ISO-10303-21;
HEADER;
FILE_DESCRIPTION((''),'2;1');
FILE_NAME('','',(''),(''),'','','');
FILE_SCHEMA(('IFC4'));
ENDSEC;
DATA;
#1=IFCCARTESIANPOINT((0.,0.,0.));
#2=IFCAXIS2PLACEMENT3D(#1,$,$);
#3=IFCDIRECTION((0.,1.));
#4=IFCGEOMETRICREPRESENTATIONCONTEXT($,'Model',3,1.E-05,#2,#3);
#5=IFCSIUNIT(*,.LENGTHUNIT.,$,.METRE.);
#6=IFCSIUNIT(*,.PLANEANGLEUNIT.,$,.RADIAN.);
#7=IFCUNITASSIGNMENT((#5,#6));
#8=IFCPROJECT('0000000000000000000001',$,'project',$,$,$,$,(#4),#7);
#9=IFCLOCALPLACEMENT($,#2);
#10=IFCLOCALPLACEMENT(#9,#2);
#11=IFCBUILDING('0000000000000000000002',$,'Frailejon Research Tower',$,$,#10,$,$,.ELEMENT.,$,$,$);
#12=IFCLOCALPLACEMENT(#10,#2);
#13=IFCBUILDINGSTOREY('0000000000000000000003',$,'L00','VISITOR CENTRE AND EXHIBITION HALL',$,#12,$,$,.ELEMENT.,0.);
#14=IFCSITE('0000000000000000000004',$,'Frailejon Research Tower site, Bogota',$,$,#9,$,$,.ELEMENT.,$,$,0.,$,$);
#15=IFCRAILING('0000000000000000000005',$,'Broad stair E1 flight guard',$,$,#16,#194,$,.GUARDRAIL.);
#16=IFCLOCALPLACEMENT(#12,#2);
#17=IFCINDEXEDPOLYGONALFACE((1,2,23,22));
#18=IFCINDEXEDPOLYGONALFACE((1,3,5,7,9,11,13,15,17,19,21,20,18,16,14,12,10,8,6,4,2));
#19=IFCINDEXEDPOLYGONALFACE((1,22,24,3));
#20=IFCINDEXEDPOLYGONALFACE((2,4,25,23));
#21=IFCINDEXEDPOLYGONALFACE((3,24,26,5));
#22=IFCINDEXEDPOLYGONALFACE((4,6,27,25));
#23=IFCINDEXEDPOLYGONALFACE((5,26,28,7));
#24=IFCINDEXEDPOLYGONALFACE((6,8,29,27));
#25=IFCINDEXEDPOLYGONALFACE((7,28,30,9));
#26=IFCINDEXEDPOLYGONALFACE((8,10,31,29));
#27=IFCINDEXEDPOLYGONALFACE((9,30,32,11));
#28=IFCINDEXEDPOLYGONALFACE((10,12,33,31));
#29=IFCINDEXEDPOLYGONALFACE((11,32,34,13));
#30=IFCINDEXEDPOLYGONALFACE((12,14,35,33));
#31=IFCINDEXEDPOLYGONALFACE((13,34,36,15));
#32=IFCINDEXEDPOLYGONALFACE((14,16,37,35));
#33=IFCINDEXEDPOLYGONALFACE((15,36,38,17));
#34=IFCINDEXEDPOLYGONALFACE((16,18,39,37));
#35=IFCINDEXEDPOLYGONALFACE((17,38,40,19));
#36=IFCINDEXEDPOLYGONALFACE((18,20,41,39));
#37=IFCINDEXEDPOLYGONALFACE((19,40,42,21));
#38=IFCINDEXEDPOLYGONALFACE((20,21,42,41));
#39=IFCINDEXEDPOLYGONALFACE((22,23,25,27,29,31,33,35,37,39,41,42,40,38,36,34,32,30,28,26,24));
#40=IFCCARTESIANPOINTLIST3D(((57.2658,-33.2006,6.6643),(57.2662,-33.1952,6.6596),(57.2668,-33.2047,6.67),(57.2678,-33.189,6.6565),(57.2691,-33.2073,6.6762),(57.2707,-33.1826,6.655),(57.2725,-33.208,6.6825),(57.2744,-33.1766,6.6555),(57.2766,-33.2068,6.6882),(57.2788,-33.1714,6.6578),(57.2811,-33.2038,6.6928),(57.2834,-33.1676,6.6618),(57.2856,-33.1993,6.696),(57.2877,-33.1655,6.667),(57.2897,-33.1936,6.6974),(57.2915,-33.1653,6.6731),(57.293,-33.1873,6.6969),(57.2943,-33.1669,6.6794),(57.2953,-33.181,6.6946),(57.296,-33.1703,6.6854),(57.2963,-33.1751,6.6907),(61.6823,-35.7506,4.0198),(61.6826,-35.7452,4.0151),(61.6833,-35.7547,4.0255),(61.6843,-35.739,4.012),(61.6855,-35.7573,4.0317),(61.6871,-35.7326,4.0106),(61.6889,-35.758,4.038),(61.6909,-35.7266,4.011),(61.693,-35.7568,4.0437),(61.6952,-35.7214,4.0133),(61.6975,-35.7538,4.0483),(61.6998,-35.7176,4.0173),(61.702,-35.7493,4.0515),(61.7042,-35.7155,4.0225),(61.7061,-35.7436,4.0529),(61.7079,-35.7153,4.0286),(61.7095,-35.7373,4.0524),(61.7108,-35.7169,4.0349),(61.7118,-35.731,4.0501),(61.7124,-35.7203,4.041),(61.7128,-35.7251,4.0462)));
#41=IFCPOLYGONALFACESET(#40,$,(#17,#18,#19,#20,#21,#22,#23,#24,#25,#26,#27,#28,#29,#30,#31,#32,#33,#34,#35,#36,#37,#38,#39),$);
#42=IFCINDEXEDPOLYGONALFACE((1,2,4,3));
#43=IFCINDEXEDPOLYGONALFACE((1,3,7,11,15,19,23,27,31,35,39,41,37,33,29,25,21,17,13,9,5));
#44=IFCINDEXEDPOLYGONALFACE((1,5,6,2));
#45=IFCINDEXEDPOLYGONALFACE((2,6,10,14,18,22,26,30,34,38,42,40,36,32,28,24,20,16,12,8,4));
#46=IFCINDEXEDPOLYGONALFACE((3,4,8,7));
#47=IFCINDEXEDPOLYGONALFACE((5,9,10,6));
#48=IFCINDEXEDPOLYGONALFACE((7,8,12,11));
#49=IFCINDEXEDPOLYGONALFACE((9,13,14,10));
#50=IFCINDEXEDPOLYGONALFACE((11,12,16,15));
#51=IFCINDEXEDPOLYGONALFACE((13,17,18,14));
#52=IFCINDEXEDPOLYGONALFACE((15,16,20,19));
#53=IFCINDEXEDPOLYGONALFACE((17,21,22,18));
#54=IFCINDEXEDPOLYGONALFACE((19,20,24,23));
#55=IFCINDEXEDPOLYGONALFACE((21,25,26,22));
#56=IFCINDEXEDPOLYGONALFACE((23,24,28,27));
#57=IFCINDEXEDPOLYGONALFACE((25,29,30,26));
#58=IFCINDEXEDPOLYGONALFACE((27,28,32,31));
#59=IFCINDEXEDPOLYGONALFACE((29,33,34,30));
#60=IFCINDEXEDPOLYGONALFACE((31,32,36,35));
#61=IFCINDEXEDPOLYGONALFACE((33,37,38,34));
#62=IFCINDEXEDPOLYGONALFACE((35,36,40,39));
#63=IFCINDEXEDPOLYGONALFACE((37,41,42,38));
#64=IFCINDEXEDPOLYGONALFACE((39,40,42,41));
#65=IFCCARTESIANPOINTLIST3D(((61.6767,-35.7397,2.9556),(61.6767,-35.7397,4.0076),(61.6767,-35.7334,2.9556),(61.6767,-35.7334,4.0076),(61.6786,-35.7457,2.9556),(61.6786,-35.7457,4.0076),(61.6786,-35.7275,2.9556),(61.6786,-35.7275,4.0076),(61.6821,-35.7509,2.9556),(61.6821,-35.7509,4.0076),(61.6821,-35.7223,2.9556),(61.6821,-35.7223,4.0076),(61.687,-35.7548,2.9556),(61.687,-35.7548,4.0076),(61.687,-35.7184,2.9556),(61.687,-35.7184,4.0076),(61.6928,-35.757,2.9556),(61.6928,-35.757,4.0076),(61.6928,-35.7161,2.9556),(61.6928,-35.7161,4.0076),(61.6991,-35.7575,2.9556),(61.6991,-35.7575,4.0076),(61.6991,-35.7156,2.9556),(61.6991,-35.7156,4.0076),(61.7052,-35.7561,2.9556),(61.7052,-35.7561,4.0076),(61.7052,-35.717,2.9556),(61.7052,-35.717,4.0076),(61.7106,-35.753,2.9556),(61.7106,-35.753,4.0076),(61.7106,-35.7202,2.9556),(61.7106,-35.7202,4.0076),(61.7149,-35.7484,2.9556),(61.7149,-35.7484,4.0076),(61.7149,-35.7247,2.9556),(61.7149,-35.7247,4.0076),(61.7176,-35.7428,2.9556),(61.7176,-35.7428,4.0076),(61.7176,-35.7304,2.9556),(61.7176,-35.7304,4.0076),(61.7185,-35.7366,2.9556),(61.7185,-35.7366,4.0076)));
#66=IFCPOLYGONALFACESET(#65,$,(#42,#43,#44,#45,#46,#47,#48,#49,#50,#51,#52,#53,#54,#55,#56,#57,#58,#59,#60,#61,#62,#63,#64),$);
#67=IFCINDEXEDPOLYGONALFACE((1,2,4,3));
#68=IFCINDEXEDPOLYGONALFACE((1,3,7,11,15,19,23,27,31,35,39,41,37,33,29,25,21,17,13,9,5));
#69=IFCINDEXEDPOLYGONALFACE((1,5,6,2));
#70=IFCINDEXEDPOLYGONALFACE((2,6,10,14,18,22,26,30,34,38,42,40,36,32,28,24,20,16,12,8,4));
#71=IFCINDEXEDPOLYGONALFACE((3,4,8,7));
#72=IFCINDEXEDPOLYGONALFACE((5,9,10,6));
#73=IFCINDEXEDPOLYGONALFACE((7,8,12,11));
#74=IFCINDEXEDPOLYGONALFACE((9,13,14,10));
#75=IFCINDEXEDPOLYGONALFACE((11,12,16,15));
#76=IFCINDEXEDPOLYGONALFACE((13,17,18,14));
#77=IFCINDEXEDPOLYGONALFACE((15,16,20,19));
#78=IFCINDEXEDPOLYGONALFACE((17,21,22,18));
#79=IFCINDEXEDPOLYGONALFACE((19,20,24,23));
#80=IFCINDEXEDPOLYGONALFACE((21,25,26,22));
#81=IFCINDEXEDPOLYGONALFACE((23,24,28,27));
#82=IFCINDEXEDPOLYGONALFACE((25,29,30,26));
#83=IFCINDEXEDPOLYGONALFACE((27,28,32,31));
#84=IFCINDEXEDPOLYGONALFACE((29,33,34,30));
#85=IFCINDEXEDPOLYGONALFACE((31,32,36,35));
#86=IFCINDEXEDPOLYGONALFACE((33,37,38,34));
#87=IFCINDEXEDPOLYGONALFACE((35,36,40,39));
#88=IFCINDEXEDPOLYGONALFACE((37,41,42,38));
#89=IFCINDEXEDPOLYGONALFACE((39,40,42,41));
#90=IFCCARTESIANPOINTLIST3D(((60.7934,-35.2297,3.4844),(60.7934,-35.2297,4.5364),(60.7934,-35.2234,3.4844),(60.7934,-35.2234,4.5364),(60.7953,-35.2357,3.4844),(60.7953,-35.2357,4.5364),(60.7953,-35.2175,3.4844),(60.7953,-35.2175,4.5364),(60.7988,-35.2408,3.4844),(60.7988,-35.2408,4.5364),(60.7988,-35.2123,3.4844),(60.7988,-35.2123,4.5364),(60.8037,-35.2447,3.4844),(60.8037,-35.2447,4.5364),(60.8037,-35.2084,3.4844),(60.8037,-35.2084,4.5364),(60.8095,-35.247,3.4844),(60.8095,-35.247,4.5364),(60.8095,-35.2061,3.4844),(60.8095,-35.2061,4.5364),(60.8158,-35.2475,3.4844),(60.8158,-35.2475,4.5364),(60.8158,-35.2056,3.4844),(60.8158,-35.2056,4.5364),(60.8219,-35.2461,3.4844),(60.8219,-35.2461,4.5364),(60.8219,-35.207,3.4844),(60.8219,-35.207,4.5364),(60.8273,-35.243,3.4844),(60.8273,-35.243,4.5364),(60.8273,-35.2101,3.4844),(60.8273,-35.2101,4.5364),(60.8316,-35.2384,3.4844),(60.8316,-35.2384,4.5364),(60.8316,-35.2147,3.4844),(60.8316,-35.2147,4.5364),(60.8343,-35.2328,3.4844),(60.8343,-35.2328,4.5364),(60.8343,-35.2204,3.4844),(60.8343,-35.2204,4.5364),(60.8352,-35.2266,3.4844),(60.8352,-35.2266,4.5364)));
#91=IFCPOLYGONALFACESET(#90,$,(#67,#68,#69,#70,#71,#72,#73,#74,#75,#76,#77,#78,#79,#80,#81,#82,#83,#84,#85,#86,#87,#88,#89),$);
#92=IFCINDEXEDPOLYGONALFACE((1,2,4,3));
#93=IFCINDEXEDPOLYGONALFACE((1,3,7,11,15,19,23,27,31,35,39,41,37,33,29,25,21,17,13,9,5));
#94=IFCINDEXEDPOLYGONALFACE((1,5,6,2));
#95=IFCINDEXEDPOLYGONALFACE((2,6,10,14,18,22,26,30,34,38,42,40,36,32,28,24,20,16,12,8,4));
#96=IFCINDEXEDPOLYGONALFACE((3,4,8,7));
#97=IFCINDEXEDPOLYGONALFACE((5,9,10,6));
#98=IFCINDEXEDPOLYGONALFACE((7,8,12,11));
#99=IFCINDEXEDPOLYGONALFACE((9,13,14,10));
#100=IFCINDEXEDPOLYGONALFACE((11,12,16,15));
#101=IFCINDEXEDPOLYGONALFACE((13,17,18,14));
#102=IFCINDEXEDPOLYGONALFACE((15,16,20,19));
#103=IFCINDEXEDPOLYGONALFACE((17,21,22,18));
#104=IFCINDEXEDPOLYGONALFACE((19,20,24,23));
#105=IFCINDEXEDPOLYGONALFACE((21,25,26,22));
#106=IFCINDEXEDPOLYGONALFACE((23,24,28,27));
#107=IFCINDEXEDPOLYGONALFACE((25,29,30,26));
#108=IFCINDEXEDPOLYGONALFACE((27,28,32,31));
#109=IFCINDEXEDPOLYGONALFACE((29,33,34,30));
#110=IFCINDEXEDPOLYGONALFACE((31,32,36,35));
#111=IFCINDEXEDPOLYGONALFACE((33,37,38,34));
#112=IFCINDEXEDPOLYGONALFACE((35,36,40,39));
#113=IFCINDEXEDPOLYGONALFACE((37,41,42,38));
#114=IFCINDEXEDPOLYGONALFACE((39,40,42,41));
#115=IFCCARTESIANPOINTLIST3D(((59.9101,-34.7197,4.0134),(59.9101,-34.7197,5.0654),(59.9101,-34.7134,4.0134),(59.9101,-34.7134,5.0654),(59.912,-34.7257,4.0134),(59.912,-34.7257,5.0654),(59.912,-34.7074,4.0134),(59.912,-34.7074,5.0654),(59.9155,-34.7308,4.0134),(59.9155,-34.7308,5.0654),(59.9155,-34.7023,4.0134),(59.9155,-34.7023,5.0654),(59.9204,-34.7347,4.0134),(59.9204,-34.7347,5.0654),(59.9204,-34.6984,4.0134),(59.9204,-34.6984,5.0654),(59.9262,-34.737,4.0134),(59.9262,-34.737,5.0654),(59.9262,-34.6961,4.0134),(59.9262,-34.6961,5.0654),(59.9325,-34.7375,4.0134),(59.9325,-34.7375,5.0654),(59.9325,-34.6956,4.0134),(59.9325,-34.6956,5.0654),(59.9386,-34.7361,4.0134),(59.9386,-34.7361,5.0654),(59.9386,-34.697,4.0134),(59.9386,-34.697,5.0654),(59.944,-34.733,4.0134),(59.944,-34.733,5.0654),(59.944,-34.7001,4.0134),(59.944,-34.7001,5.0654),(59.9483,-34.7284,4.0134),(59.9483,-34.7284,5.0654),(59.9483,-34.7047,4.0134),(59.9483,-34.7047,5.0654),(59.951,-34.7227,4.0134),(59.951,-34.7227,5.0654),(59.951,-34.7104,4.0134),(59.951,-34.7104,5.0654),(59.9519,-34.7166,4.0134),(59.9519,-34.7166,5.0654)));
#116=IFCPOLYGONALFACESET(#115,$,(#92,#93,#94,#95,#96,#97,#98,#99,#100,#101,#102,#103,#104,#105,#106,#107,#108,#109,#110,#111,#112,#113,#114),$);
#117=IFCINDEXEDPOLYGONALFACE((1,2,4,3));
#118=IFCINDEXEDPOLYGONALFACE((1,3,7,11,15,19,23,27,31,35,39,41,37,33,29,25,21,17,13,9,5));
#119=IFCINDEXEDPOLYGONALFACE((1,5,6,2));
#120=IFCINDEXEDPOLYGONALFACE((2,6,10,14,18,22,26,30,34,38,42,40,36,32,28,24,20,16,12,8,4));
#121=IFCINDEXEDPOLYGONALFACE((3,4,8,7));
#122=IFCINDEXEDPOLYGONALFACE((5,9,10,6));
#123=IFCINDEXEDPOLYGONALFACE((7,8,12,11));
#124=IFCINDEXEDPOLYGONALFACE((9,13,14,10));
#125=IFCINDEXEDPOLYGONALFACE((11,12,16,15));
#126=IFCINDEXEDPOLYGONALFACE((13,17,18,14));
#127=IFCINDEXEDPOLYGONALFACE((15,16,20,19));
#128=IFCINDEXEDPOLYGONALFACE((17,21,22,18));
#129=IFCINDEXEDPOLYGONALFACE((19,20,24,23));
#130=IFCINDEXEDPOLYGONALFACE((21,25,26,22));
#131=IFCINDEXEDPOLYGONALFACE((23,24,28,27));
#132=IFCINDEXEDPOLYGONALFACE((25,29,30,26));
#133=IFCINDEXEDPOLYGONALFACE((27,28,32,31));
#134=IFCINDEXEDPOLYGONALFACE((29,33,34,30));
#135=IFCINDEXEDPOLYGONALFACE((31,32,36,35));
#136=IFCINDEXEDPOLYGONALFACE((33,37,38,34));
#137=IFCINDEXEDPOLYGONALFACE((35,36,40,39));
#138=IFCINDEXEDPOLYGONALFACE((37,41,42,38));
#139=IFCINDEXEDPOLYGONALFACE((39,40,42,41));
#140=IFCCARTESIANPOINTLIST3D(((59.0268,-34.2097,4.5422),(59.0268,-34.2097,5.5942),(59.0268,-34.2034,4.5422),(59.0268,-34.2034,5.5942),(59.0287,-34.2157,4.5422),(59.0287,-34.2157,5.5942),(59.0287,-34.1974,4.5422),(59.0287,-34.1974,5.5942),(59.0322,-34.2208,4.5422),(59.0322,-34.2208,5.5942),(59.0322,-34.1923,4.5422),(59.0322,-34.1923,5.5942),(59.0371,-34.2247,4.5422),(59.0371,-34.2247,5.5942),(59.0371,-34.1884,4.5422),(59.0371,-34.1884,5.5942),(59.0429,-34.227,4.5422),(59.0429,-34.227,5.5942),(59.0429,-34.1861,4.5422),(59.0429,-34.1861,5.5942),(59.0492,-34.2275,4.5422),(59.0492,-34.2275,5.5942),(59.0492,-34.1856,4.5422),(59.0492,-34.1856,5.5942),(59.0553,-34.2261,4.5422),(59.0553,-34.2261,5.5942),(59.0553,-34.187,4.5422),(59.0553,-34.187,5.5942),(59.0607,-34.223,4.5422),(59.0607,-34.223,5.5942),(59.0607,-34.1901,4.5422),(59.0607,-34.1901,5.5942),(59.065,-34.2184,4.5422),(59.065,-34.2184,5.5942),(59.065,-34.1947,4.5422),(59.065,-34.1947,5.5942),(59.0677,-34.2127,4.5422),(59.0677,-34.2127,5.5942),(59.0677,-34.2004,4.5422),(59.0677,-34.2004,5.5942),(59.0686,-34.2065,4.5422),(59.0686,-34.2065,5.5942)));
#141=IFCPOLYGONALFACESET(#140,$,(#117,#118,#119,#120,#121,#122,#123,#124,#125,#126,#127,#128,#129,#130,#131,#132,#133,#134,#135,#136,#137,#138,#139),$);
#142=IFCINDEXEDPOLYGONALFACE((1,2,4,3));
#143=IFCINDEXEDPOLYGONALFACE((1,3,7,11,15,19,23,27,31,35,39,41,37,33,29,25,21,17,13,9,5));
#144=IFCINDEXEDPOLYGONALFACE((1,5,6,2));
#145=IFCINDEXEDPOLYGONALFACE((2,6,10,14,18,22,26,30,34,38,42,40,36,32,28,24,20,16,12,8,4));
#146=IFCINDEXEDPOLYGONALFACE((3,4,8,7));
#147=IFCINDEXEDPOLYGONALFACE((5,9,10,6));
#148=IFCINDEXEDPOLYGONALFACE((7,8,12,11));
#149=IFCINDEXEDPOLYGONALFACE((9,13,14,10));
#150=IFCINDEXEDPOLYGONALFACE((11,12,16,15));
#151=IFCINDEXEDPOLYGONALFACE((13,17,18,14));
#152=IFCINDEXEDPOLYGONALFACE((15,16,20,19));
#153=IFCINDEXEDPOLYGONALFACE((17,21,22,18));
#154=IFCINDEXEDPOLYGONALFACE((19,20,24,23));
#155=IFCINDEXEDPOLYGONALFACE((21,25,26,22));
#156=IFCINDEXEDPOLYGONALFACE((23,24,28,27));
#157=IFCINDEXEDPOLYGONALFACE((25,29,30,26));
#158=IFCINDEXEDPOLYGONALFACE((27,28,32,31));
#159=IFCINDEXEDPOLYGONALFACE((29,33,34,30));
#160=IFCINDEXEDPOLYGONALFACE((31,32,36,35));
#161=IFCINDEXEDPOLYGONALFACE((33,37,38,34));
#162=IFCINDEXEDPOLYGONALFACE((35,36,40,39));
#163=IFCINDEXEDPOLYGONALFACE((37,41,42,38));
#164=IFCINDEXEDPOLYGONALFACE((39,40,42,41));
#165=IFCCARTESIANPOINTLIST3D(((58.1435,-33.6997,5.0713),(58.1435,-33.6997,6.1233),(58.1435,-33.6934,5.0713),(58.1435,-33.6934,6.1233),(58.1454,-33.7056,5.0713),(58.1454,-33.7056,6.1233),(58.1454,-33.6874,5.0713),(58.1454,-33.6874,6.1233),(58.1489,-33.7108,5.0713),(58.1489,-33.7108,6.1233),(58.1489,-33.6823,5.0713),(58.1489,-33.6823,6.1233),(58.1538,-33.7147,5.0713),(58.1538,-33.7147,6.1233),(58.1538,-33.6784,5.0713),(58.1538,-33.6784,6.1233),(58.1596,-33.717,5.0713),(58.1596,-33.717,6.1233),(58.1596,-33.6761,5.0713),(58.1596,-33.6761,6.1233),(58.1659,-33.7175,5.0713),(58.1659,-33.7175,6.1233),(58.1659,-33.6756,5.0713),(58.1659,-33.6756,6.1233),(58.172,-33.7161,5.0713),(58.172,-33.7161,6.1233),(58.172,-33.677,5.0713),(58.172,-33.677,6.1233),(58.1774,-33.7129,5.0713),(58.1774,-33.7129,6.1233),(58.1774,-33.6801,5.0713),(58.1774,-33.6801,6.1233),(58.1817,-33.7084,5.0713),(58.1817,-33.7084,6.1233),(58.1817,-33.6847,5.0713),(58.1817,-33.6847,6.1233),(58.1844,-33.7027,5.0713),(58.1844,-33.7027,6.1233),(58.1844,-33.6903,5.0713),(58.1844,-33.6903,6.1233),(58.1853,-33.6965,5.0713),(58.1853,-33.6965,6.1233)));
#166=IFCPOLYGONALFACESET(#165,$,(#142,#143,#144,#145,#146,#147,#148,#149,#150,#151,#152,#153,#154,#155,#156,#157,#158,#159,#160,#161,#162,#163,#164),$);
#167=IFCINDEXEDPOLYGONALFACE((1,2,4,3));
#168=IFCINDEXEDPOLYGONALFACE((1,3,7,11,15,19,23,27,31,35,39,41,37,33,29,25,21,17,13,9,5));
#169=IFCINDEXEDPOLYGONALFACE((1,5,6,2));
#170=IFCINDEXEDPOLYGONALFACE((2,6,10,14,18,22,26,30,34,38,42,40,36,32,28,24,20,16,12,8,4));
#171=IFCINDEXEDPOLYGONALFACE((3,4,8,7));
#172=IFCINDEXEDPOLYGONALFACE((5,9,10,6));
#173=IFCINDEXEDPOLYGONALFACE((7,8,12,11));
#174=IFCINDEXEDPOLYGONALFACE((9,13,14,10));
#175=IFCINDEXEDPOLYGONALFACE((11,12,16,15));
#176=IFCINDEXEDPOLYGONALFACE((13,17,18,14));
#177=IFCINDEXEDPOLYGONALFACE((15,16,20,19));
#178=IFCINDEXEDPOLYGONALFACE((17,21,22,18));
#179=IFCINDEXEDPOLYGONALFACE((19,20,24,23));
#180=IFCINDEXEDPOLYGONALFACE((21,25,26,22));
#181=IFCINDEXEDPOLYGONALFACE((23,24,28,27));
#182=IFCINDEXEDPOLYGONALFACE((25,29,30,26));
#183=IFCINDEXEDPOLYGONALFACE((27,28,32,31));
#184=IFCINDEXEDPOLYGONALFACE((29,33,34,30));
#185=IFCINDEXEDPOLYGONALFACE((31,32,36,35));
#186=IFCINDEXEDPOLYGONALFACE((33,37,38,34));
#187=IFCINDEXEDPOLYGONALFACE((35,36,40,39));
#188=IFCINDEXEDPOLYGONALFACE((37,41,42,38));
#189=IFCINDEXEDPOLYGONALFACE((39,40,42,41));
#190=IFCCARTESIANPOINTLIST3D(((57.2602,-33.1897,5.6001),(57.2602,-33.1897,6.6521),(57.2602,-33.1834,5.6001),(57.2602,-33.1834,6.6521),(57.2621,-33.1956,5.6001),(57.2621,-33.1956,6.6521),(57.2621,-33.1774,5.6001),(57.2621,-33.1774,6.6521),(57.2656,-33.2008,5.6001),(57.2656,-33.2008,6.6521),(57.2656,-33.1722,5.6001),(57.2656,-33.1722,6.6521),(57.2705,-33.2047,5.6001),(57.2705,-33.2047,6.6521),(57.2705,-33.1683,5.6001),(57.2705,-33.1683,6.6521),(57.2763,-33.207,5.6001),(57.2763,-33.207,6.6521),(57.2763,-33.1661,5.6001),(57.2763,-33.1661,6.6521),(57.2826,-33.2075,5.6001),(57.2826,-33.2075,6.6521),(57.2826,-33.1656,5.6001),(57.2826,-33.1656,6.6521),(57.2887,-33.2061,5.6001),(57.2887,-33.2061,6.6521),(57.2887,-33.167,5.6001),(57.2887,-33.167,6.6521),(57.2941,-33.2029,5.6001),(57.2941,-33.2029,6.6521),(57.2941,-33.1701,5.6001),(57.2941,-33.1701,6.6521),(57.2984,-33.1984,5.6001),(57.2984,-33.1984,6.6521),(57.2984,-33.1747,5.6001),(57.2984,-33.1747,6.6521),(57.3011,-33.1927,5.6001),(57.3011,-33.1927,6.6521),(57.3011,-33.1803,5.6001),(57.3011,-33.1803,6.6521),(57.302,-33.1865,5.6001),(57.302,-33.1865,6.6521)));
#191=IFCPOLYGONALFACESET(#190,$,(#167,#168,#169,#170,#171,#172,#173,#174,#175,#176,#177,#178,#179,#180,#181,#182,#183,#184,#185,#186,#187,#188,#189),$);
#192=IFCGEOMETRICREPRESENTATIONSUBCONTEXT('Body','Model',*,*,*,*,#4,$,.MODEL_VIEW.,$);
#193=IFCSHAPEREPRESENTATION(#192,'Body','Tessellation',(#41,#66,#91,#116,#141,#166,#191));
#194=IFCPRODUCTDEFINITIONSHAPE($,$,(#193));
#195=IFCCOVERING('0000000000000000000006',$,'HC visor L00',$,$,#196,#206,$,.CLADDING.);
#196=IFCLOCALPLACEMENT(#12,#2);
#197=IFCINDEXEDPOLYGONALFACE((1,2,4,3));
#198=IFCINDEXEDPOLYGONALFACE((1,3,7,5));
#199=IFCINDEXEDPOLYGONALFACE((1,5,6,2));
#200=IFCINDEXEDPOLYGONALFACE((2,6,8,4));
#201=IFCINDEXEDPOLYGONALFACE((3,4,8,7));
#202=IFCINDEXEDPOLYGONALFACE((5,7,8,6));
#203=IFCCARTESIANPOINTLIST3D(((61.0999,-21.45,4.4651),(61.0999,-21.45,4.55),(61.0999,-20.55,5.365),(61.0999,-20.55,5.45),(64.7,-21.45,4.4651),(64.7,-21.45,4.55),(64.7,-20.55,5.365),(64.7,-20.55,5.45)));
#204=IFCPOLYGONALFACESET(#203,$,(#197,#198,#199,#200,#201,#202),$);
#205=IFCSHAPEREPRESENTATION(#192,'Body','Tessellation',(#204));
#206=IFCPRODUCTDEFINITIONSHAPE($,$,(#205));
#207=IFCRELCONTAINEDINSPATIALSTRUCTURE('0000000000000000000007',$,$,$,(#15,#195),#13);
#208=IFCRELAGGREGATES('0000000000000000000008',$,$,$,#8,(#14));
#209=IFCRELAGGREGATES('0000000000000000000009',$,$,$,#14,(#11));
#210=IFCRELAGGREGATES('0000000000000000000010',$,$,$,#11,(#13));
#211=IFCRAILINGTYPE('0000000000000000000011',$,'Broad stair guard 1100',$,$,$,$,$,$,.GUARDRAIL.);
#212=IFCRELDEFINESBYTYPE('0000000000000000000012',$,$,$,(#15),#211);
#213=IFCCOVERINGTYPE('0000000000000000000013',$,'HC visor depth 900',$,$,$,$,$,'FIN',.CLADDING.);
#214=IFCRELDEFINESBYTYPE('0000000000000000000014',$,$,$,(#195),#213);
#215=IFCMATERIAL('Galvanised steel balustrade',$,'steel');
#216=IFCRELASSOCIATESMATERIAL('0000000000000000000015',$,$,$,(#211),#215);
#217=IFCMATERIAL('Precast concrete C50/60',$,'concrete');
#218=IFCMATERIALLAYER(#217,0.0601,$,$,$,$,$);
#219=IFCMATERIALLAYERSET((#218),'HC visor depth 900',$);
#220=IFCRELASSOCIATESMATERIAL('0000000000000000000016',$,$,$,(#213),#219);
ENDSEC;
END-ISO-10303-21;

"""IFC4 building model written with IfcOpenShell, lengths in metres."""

from ifc_helpers import new_model, si_unit, direction, frame, origin, origin_2d, place, context, subcontext, project, spatial, polyline, circle, outline, extrude, material, layer, layer_set, type_object, element, save


model = new_model("IFC4")

# Units and contexts
model_context = context("Model", 3, precision=1e-05, world=origin(), true_north=direction((0.0, 1.0)))
body_context = subcontext(model_context, "Body", "Model", "MODEL_VIEW")
ifc_project = project(units=[si_unit("LENGTHUNIT", "METRE"), si_unit("PLANEANGLEUNIT", "RADIAN")], contexts=[model_context])

# Site, building, storey
site_placement = place(None, origin())
site = spatial("IfcSite", under=ifc_project, at=site_placement, Name="Frailejon Research Tower site, Bogota", CompositionType="ELEMENT", RefElevation=0.0)
building_placement = place(site_placement, origin())
building = spatial("IfcBuilding", under=site, at=building_placement, Name="Frailejon Research Tower", CompositionType="ELEMENT")
storey_placement = place(building_placement, origin())
storey = spatial("IfcBuildingStorey", under=building, at=storey_placement, Name="L00", Description="VISITOR CENTRE AND EXHIBITION HALL", CompositionType="ELEMENT", Elevation=0.0)

# Railing
ifc_material_1 = material(Name="Galvanised steel balustrade", Category="steel")
railing_type_1 = type_object("IfcRailingType", Name="Broad stair guard 1100", PredefinedType="GUARDRAIL", material=ifc_material_1)
railing_1_placement = place(storey_placement, frame((61.6975, -35.7366, 2.9556)))
element("IfcRailing", 1, at=railing_1_placement, inside=storey, type_object=railing_type_1, Name="Broad stair E1 flight guard", PredefinedType="GUARDRAIL", context=body_context, shape_type="SweptSolid", body=[
    extrude(circle(Radius=0.0239, at=origin_2d()), frame((0.0, 0.0, 1.0762), z_axis=(-0.768794, 0.443894, 0.460341), x_axis=(-0.500026, -0.86601, 0.0)), (0.0, 0.0, 1.0), 5.7446),
    extrude(circle(Radius=0.021, at=origin_2d()), origin(), (0.0, 0.0, 1.0), 1.052),
    extrude(circle(Radius=0.021, at=origin_2d()), frame((-0.8833, 0.51, 0.5288)), (0.0, 0.0, 1.0), 1.052),
    extrude(circle(Radius=0.021, at=origin_2d()), frame((-1.7666, 1.02, 1.0579)), (0.0, 0.0, 1.0), 1.052),
    extrude(circle(Radius=0.021, at=origin_2d()), frame((-2.6499, 1.53, 1.5867)), (0.0, 0.0, 1.0), 1.052),
    extrude(circle(Radius=0.021, at=origin_2d()), frame((-3.5332, 2.04, 2.1157)), (0.0, 0.0, 1.0), 1.052),
    extrude(circle(Radius=0.021, at=origin_2d()), frame((-4.4165, 2.55, 2.6445)), (0.0, 0.0, 1.0), 1.052),
])

# Covering
ifc_material_2 = material(Name="Precast concrete C50/60", Category="concrete")
ifc_layer_1 = layer(ifc_material_2, 0.0601)
ifc_layer_set_1 = layer_set([ifc_layer_1], Name="HC visor depth 900")
covering_type = type_object("IfcCoveringType", Name="HC visor depth 900", ElementType="FIN", PredefinedType="CLADDING", material=ifc_layer_set_1)
for number, where, z_axis, x_axis, name in (
    (2, (64.7, -20.55, 5.45), (-1.0, 0.0, 0.0), (0.0, -1.0, 0.0), "HC visor L00"),
):
    element("IfcCovering", number, at=place(storey_placement, frame(where, z_axis=z_axis, x_axis=x_axis)), inside=storey, type_object=covering_type, Name=name, PredefinedType="CLADDING", context=body_context, shape_type="SweptSolid", body=[
        extrude(outline(polyline([(0.0, -0.085), (0.8999, -0.9849), (0.8999, -0.8999), (0.0, 0.0), (0.0, -0.085)])), origin(), (0.0, 0.0, 1.0), 3.6001),
    ])

save(model, "model.ifc")
